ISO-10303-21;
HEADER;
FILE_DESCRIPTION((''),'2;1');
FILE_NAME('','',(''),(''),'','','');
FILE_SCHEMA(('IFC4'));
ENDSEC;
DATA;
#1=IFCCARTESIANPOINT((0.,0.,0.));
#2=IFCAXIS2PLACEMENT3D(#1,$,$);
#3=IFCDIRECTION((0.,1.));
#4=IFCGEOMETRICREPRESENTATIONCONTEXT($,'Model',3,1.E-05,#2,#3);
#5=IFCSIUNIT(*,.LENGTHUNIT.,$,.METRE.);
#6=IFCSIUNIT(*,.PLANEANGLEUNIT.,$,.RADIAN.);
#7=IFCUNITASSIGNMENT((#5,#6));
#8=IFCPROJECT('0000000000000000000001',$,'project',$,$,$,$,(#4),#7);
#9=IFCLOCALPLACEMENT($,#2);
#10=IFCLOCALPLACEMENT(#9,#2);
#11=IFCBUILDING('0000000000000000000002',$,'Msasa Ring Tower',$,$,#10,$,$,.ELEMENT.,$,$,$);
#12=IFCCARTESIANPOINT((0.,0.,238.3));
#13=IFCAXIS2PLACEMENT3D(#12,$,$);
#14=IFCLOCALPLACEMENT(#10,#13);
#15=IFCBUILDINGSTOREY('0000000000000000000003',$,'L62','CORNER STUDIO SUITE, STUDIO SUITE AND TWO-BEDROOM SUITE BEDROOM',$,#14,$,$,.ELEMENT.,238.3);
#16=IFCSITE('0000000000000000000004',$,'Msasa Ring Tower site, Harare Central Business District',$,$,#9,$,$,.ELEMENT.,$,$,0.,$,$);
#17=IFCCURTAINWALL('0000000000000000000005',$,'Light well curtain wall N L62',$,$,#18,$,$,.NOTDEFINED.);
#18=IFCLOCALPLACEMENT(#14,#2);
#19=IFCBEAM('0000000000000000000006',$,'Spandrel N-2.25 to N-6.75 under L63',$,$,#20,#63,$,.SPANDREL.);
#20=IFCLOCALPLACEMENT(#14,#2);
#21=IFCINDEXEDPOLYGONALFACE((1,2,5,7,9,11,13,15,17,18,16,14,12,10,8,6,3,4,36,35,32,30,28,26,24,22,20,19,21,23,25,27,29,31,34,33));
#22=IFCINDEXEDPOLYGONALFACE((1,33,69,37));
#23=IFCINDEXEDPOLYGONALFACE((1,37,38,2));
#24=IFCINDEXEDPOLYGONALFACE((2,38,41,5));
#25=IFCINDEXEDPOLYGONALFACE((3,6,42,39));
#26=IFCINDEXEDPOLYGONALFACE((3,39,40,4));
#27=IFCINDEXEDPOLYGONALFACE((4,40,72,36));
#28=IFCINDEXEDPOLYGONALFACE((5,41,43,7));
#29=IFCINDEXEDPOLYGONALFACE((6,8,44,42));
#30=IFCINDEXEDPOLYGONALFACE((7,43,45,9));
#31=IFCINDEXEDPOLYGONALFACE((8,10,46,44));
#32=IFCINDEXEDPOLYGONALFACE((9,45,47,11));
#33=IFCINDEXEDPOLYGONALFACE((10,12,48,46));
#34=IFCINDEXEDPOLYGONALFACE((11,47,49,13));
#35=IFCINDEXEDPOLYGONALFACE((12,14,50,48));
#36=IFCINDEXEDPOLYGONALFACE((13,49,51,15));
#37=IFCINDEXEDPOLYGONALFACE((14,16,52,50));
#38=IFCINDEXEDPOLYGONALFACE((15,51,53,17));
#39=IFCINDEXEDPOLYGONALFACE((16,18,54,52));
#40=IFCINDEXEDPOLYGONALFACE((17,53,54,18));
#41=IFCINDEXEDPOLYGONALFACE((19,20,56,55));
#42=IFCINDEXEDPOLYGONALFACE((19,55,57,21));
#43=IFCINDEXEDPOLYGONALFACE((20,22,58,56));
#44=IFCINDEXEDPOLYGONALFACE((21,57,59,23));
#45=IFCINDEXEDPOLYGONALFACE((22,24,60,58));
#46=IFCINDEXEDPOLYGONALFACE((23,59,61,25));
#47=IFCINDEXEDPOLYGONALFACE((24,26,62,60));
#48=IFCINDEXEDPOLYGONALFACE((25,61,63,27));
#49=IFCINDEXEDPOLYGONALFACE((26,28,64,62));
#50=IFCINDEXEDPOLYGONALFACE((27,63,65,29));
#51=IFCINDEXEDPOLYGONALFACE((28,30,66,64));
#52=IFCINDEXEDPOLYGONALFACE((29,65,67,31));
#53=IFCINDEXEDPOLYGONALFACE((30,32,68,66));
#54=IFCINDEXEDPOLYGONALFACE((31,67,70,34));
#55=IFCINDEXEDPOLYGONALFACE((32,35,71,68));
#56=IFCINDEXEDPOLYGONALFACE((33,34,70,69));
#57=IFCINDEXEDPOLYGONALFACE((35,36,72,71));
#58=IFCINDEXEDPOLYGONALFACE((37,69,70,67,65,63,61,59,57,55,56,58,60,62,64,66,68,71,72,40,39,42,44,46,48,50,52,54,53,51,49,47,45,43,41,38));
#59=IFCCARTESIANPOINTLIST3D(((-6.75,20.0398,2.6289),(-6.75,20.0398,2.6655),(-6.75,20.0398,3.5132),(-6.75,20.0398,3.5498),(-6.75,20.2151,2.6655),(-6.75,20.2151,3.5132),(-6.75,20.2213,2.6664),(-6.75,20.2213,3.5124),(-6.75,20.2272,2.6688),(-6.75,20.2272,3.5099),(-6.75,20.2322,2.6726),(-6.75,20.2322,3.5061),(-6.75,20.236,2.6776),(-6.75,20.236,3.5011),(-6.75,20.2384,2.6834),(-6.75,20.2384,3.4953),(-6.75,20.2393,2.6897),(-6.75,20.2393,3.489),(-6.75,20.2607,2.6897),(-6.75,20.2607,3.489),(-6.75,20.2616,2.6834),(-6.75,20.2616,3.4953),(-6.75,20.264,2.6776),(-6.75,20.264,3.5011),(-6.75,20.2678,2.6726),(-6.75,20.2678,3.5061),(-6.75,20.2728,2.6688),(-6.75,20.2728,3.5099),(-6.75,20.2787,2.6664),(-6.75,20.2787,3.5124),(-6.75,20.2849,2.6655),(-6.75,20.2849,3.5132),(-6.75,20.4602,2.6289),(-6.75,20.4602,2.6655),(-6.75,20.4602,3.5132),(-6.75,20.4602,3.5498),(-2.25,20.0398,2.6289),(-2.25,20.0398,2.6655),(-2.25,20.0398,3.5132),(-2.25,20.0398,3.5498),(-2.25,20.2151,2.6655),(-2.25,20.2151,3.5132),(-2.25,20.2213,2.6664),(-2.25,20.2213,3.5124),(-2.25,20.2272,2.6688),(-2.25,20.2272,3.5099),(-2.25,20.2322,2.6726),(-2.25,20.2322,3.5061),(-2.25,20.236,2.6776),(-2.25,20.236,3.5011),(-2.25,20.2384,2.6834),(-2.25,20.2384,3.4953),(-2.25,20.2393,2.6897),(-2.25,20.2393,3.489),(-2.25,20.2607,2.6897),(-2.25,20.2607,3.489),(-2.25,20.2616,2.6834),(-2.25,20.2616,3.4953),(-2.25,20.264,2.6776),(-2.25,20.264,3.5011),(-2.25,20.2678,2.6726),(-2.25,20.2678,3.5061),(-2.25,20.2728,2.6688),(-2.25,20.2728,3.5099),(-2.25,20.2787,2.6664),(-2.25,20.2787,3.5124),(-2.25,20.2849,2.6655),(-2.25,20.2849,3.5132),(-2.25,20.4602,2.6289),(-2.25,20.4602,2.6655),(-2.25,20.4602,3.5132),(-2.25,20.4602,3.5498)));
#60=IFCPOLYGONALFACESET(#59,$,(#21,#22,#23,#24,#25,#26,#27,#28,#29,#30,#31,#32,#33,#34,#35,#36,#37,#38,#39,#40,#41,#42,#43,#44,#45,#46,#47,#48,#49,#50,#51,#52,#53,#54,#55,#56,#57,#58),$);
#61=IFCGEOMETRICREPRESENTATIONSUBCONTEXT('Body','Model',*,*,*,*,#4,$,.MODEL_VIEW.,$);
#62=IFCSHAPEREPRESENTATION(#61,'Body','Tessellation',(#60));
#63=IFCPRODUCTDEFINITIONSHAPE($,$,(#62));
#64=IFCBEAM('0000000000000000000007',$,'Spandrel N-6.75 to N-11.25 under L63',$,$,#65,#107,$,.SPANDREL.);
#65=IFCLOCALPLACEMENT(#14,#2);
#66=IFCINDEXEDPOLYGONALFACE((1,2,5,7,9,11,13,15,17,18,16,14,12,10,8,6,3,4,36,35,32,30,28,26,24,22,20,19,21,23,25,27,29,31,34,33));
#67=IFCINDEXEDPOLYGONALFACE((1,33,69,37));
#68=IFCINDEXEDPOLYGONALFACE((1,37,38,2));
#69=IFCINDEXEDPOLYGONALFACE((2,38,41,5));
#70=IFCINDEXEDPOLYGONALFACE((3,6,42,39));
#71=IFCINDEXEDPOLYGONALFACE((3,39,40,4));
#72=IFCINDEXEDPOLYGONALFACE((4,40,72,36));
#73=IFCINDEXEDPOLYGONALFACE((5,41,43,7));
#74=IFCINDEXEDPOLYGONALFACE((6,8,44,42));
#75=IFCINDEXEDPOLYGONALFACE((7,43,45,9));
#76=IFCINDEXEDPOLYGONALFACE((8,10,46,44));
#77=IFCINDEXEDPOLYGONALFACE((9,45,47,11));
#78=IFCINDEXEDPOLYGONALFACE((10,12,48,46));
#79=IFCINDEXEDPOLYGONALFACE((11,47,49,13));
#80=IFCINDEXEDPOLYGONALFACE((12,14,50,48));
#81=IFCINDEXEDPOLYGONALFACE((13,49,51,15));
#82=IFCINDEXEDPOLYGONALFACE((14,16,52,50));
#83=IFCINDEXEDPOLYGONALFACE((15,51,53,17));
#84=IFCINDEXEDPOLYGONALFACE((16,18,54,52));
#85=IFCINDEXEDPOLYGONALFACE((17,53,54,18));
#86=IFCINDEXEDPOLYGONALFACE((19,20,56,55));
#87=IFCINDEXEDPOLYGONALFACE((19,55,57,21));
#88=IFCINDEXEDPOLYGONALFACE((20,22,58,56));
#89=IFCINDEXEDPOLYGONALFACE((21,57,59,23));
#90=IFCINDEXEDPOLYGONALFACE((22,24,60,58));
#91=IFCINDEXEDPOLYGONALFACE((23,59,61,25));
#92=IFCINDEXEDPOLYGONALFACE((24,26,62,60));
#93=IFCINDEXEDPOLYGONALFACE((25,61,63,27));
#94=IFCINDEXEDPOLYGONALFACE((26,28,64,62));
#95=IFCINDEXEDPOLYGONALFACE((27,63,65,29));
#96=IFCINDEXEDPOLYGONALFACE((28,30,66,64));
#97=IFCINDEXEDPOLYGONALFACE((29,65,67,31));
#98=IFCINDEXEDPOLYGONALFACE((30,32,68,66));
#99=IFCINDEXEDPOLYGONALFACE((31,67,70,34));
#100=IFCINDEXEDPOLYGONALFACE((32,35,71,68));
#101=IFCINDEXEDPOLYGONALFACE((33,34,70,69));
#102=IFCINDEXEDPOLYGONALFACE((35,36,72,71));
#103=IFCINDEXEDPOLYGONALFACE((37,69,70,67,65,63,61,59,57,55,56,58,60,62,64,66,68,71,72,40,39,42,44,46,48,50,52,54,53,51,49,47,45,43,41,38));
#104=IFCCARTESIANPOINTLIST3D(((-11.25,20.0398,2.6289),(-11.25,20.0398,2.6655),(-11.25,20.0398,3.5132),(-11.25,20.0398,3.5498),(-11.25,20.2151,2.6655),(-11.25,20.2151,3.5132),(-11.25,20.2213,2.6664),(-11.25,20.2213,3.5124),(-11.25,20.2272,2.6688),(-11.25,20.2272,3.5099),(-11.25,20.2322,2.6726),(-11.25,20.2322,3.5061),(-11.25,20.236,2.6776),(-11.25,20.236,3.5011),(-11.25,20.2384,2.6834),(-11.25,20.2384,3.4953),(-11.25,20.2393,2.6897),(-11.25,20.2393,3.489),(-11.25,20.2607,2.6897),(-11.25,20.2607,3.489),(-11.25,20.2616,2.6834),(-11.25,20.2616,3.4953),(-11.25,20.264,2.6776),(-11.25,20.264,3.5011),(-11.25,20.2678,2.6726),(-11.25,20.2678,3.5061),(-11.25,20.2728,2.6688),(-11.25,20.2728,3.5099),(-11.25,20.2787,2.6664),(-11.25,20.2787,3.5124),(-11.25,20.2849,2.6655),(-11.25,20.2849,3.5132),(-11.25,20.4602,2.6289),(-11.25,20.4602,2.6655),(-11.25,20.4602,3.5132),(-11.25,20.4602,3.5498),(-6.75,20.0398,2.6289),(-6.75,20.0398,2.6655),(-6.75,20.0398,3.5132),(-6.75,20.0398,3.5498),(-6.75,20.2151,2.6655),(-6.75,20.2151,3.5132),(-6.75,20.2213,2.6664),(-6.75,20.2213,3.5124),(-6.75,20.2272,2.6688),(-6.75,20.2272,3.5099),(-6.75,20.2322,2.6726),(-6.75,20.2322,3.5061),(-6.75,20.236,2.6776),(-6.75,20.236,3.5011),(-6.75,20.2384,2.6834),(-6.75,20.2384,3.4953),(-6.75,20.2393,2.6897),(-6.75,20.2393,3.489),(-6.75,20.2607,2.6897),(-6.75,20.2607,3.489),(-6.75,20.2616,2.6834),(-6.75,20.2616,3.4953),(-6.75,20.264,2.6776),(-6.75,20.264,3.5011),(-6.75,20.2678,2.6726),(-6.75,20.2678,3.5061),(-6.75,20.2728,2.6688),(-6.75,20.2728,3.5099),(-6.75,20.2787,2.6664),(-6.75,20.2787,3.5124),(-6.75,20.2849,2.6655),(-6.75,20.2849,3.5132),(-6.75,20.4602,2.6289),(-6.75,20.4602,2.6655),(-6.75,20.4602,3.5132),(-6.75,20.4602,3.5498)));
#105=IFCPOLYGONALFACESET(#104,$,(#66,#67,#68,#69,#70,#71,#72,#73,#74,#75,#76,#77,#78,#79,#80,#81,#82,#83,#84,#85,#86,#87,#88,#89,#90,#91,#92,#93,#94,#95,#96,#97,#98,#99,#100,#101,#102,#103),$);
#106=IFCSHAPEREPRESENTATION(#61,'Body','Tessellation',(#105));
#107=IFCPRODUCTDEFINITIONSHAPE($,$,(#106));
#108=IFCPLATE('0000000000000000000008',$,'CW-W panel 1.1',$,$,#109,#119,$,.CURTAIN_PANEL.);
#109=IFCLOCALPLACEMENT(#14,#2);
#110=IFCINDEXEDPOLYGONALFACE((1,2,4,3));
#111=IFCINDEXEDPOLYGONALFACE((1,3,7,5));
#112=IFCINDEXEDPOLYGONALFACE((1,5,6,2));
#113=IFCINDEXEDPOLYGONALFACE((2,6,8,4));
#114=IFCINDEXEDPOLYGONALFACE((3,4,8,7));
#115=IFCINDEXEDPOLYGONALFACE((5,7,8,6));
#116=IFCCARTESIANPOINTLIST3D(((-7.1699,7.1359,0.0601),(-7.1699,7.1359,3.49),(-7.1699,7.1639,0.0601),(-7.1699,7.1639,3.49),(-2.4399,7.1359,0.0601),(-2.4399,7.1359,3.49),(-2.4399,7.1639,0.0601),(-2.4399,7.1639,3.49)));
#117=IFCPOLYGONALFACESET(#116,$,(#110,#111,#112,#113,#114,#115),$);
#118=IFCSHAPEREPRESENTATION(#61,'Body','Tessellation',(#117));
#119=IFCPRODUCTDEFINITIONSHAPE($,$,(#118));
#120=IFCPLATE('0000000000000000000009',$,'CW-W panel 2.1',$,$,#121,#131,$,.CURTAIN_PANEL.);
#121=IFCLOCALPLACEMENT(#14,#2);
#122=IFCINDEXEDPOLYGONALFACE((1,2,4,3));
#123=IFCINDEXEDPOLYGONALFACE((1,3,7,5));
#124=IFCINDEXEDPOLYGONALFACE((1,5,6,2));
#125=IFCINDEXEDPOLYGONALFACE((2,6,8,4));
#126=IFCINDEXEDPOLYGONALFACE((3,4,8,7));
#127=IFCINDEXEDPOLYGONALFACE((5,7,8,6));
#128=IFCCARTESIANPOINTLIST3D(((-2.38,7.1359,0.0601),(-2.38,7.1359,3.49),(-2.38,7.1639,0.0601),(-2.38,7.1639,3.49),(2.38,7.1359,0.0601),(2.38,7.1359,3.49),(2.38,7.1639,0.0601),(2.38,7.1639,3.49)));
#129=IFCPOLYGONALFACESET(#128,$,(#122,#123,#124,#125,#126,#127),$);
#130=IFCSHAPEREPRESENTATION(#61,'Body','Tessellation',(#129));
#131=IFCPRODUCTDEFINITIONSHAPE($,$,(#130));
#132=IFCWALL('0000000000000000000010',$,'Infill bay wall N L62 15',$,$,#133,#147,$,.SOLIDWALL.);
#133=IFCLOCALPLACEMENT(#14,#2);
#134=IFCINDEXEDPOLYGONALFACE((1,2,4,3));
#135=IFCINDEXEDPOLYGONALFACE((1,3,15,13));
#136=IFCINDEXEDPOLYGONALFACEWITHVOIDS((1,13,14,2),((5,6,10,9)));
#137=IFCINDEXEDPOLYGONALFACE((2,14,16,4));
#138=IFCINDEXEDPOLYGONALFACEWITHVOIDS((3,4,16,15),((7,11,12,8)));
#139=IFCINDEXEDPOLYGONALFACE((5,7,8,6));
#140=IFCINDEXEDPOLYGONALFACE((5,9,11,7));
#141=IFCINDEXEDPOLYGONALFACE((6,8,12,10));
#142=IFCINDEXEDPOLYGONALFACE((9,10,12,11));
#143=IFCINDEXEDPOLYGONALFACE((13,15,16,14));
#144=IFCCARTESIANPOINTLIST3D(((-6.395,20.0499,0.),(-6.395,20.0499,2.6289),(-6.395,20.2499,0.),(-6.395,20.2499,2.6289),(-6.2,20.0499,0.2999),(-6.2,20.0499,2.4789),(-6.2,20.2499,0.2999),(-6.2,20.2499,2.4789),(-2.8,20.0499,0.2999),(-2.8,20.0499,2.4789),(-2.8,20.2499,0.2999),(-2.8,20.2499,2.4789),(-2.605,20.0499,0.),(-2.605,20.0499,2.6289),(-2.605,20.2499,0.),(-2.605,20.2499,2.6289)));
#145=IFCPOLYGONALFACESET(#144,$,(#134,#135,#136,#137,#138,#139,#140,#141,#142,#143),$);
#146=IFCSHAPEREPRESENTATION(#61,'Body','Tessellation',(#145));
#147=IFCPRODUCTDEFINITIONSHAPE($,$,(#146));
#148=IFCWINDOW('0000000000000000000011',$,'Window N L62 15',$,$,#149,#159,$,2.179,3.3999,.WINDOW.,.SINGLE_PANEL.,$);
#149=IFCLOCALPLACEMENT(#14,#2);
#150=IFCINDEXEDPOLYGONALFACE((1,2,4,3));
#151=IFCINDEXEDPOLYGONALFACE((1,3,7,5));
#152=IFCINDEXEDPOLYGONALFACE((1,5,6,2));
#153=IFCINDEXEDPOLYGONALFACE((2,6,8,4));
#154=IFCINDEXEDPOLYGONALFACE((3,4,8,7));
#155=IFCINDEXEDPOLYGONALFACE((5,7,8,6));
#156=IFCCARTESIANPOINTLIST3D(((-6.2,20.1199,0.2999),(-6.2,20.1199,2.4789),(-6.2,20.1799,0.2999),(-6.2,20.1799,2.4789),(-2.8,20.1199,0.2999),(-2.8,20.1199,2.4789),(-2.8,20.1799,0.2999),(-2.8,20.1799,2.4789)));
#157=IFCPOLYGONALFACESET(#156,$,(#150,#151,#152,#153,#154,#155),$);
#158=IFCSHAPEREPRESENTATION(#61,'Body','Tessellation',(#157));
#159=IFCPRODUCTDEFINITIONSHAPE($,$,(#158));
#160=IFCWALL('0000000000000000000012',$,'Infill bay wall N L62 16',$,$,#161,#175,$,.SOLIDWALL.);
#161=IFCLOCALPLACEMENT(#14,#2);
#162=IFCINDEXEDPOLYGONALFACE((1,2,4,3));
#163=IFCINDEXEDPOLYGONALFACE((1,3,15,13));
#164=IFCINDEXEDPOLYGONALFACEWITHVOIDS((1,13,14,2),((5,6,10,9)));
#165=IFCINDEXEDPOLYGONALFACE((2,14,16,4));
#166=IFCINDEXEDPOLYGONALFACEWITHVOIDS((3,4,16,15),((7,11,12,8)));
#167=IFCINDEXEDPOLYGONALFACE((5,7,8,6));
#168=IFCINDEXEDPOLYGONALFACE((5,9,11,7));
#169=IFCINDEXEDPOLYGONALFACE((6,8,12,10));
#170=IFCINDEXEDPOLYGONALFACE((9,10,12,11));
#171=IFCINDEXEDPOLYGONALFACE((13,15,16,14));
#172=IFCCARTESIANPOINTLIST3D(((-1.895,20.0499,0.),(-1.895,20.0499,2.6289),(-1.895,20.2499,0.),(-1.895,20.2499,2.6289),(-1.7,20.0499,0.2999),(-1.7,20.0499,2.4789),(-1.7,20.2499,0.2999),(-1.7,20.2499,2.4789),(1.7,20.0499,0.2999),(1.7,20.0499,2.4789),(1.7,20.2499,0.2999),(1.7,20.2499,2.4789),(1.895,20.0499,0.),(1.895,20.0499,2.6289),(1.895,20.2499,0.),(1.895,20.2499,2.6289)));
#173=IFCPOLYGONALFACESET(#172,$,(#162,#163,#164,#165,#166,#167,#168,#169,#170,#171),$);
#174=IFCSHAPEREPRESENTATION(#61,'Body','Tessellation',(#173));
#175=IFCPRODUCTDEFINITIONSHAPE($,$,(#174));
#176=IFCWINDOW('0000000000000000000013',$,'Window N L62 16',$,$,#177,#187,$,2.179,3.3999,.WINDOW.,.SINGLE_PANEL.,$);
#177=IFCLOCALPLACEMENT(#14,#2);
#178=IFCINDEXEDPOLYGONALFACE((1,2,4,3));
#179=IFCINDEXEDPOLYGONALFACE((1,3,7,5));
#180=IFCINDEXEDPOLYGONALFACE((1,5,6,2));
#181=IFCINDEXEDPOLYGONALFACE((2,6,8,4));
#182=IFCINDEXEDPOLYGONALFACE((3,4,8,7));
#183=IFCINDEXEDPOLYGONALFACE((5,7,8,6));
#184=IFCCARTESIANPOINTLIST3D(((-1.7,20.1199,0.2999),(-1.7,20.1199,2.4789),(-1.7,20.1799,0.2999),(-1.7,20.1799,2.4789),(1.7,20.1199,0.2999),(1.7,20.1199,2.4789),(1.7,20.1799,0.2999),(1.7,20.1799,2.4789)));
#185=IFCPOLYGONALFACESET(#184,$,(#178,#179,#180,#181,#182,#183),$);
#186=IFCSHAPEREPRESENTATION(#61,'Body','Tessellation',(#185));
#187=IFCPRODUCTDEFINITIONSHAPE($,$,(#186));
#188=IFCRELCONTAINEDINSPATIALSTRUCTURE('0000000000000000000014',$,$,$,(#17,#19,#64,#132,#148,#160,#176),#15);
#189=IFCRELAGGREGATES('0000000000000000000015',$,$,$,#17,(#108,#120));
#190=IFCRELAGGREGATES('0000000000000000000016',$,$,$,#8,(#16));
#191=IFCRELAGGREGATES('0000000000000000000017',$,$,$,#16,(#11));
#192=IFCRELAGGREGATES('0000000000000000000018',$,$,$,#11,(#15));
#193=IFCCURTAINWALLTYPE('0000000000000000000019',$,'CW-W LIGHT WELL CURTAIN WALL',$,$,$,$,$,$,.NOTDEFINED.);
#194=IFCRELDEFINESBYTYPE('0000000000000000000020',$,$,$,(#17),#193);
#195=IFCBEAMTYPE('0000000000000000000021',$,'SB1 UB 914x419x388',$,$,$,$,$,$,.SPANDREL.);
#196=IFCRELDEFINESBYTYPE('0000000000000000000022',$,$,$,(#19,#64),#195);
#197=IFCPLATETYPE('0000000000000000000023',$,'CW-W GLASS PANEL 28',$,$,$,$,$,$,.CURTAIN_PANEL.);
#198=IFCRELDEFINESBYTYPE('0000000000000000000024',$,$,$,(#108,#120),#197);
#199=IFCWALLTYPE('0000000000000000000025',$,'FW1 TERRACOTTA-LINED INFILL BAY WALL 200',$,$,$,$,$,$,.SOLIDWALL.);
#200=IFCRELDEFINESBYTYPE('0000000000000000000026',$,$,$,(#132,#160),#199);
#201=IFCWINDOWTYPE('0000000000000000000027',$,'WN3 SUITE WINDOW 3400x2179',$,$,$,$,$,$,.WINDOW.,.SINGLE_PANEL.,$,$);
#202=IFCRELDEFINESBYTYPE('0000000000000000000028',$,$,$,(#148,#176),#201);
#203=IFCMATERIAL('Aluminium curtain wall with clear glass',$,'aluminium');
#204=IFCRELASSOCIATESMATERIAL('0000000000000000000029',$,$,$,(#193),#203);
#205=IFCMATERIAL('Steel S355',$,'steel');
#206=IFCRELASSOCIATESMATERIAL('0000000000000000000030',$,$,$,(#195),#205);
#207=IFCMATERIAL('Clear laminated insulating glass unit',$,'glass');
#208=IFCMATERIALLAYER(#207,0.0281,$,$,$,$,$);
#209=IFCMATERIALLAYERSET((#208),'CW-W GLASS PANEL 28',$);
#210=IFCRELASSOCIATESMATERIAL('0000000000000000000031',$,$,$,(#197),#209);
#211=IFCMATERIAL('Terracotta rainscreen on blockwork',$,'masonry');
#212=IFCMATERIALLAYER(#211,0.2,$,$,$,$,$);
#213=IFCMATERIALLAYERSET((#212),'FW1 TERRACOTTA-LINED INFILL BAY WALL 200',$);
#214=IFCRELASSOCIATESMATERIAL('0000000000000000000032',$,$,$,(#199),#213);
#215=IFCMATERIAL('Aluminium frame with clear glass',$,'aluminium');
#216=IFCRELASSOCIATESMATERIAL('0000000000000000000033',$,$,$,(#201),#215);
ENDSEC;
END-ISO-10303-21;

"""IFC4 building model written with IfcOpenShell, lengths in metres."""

from ifc_helpers import new_model, si_unit, direction, frame, frame_2d, origin, origin_2d, place, context, subcontext, project, spatial, rectangle, i_section, extrude, material, layer, layer_set, material_profile, profile_set, type_object, element, fill, aggregate, save


model = new_model("IFC4")

# Units and contexts
model_context = context("Model", 3, precision=1e-05, world=origin(), true_north=direction((0.0, 1.0)))
body_context = subcontext(model_context, "Body", "Model", "MODEL_VIEW")
ifc_project = project(units=[si_unit("LENGTHUNIT", "METRE"), si_unit("PLANEANGLEUNIT", "RADIAN")], contexts=[model_context])

# Site, building, storey
site_placement = place(None, origin())
site = spatial("IfcSite", under=ifc_project, at=site_placement, Name="Msasa Ring Tower site, Harare Central Business District", CompositionType="ELEMENT", RefElevation=0.0)
building_placement = place(site_placement, origin())
building = spatial("IfcBuilding", under=site, at=building_placement, Name="Msasa Ring Tower", CompositionType="ELEMENT")
storey_placement = place(building_placement, frame((0.0, 0.0, 238.3)))
storey = spatial("IfcBuildingStorey", under=building, at=storey_placement, Name="L62", Description="CORNER STUDIO SUITE, STUDIO SUITE AND TWO-BEDROOM SUITE BEDROOM", CompositionType="ELEMENT", Elevation=238.3)

# Curtain wall
ifc_material_1 = material(Name="Aluminium curtain wall with clear glass", Category="aluminium")
curtain_wall_type = type_object("IfcCurtainWallType", Name="CW-W LIGHT WELL CURTAIN WALL", PredefinedType="NOTDEFINED", material=ifc_material_1)
curtain_wall_placement = place(storey_placement, origin())
curtain_wall = element("IfcCurtainWall", 1, at=curtain_wall_placement, inside=storey, type_object=curtain_wall_type, Name="Light well curtain wall N L62", PredefinedType="NOTDEFINED")

# Beams
ifc_material_2 = material(Name="Steel S355", Category="steel")
ifc_material_profile_1 = material_profile(ifc_material_2, i_section(OverallWidth=0.4204, OverallDepth=0.9209, WebThickness=0.0215, FlangeThickness=0.0366, FilletRadius=0.0242, at=origin_2d()), Name="UB 914x419x388")
ifc_profile_set_1 = profile_set([ifc_material_profile_1], Name="Steel S355")
beam_type_1 = type_object("IfcBeamType", Name="SB1 UB 914x419x388", PredefinedType="SPANDREL", material=ifc_profile_set_1)
for number, where, z_axis, x_axis, name in (
    (2, (-2.25, 20.25, 3.0894), (-1.0, 0.0, 0.0), (0.0, -1.0, 0.0), "Spandrel N-2.25 to N-6.75 under L63"),
    (3, (-6.75, 20.25, 3.0894), (-1.0, 0.0, 0.0), (0.0, -1.0, 0.0), "Spandrel N-6.75 to N-11.25 under L63"),
):
    element("IfcBeam", number, at=place(storey_placement, frame(where, z_axis=z_axis, x_axis=x_axis)), inside=storey, type_object=beam_type_1, Name=name, PredefinedType="SPANDREL", context=body_context, shape_type="SweptSolid", body=[
        extrude(i_section(OverallWidth=0.4204, OverallDepth=0.9209, WebThickness=0.0215, FlangeThickness=0.0366, FilletRadius=0.0242, at=origin_2d()), origin(), (0.0, 0.0, 1.0), 4.5),
    ])

# Plates
ifc_material_3 = material(Name="Clear laminated insulating glass unit", Category="glass")
ifc_layer_1 = layer(ifc_material_3, 0.0281)
ifc_layer_set_1 = layer_set([ifc_layer_1], Name="CW-W GLASS PANEL 28")
plate_type = type_object("IfcPlateType", Name="CW-W GLASS PANEL 28", PredefinedType="CURTAIN_PANEL", material=ifc_layer_set_1)
plate_1_placement = place(storey_placement, frame((-4.8049, 7.1499, 0.0601), z_axis=(0.0, 0.0, 1.0), x_axis=(1.0, 0.0, 0.0)))
plate_1 = element("IfcPlate", 4, at=plate_1_placement, type_object=plate_type, Name="CW-W panel 1.1", PredefinedType="CURTAIN_PANEL", context=body_context, shape_type="SweptSolid", body=[
    extrude(rectangle(XDim=4.73, YDim=0.0281, at=origin_2d()), origin(), (0.0, 0.0, 1.0), 3.4299),
])
plate_2_placement = place(storey_placement, frame((0.0, 7.1499, 0.0601), z_axis=(0.0, 0.0, 1.0), x_axis=(1.0, 0.0, 0.0)))
plate_2 = element("IfcPlate", 5, at=plate_2_placement, type_object=plate_type, Name="CW-W panel 2.1", PredefinedType="CURTAIN_PANEL", context=body_context, shape_type="SweptSolid", body=[
    extrude(rectangle(XDim=4.76, YDim=0.0281, at=origin_2d()), origin(), (0.0, 0.0, 1.0), 3.4299),
])
aggregate(curtain_wall, [plate_1, plate_2])

# Walls, openings, windows
ifc_material_4 = material(Name="Terracotta rainscreen on blockwork", Category="masonry")
ifc_layer_2 = layer(ifc_material_4, 0.2)
ifc_layer_set_2 = layer_set([ifc_layer_2], Name="FW1 TERRACOTTA-LINED INFILL BAY WALL 200")
wall_type_1 = type_object("IfcWallType", Name="FW1 TERRACOTTA-LINED INFILL BAY WALL 200", PredefinedType="SOLIDWALL", material=ifc_layer_set_2)
wall_1_placement = place(storey_placement, frame((-6.395, 20.1499, 0.0), z_axis=(0.0, 0.0, 1.0), x_axis=(1.0, 0.0, 0.0)))
wall_1 = element("IfcWall", 6, at=wall_1_placement, inside=storey, type_object=wall_type_1, Name="Infill bay wall N L62 15", PredefinedType="SOLIDWALL", context=body_context, shape_type="SweptSolid", body=[
    extrude(rectangle(XDim=3.79, YDim=0.2, at=frame_2d((1.895, 0.0))), origin(), (0.0, 0.0, 1.0), 2.6289),
])
opening_1_placement = place(wall_1_placement, frame((0.1951, 0.0, 0.3)))
opening_1 = element("IfcOpeningElement", 7, at=opening_1_placement, cuts=wall_1, PredefinedType="OPENING", context=body_context, shape_type="SweptSolid", body=[
    extrude(rectangle(XDim=3.3999, YDim=2.179, at=frame_2d((1.7, 1.0894))), frame((0.0, 0.1099, 0.0), z_axis=(0.0, -1.0, 0.0), x_axis=(1.0, 0.0, 0.0)), (0.0, 0.0, 1.0), 0.22),
])
ifc_material_5 = material(Name="Aluminium frame with clear glass", Category="aluminium")
window_type = type_object("IfcWindowType", Name="WN3 SUITE WINDOW 3400x2179", PartitioningType="SINGLE_PANEL", PredefinedType="WINDOW", material=ifc_material_5)
window_1_placement = place(opening_1_placement, origin())
window_1 = element("IfcWindow", 8, at=window_1_placement, inside=storey, type_object=window_type, Name="Window N L62 15", OverallHeight=2.179, OverallWidth=3.3999, PartitioningType="SINGLE_PANEL", PredefinedType="WINDOW", context=body_context, shape_type="SweptSolid", body=[
    extrude(rectangle(XDim=3.3999, YDim=2.179, at=frame_2d((1.7, 1.0894))), frame((0.0, 0.03, 0.0), z_axis=(0.0, -1.0, 0.0), x_axis=(1.0, 0.0, 0.0)), (0.0, 0.0, 1.0), 0.0601),
])
fill(opening_1, window_1)
wall_2_placement = place(storey_placement, frame((-1.895, 20.1499, 0.0), z_axis=(0.0, 0.0, 1.0), x_axis=(1.0, 0.0, 0.0)))
wall_2 = element("IfcWall", 9, at=wall_2_placement, inside=storey, type_object=wall_type_1, Name="Infill bay wall N L62 16", PredefinedType="SOLIDWALL", context=body_context, shape_type="SweptSolid", body=[
    extrude(rectangle(XDim=3.79, YDim=0.2, at=frame_2d((1.895, 0.0))), origin(), (0.0, 0.0, 1.0), 2.6289),
])
opening_2_placement = place(wall_2_placement, frame((0.1951, 0.0, 0.3)))
opening_2 = element("IfcOpeningElement", 10, at=opening_2_placement, cuts=wall_2, PredefinedType="OPENING", context=body_context, shape_type="SweptSolid", body=[
    extrude(rectangle(XDim=3.3999, YDim=2.179, at=frame_2d((1.7, 1.0894))), frame((0.0, 0.1099, 0.0), z_axis=(0.0, -1.0, 0.0), x_axis=(1.0, 0.0, 0.0)), (0.0, 0.0, 1.0), 0.22),
])
window_2_placement = place(opening_2_placement, origin())
window_2 = element("IfcWindow", 11, at=window_2_placement, inside=storey, type_object=window_type, Name="Window N L62 16", OverallHeight=2.179, OverallWidth=3.3999, PartitioningType="SINGLE_PANEL", PredefinedType="WINDOW", context=body_context, shape_type="SweptSolid", body=[
    extrude(rectangle(XDim=3.3999, YDim=2.179, at=frame_2d((1.7, 1.0894))), frame((0.0, 0.03, 0.0), z_axis=(0.0, -1.0, 0.0), x_axis=(1.0, 0.0, 0.0)), (0.0, 0.0, 1.0), 0.0601),
])
fill(opening_2, window_2)

save(model, "model.ifc")
